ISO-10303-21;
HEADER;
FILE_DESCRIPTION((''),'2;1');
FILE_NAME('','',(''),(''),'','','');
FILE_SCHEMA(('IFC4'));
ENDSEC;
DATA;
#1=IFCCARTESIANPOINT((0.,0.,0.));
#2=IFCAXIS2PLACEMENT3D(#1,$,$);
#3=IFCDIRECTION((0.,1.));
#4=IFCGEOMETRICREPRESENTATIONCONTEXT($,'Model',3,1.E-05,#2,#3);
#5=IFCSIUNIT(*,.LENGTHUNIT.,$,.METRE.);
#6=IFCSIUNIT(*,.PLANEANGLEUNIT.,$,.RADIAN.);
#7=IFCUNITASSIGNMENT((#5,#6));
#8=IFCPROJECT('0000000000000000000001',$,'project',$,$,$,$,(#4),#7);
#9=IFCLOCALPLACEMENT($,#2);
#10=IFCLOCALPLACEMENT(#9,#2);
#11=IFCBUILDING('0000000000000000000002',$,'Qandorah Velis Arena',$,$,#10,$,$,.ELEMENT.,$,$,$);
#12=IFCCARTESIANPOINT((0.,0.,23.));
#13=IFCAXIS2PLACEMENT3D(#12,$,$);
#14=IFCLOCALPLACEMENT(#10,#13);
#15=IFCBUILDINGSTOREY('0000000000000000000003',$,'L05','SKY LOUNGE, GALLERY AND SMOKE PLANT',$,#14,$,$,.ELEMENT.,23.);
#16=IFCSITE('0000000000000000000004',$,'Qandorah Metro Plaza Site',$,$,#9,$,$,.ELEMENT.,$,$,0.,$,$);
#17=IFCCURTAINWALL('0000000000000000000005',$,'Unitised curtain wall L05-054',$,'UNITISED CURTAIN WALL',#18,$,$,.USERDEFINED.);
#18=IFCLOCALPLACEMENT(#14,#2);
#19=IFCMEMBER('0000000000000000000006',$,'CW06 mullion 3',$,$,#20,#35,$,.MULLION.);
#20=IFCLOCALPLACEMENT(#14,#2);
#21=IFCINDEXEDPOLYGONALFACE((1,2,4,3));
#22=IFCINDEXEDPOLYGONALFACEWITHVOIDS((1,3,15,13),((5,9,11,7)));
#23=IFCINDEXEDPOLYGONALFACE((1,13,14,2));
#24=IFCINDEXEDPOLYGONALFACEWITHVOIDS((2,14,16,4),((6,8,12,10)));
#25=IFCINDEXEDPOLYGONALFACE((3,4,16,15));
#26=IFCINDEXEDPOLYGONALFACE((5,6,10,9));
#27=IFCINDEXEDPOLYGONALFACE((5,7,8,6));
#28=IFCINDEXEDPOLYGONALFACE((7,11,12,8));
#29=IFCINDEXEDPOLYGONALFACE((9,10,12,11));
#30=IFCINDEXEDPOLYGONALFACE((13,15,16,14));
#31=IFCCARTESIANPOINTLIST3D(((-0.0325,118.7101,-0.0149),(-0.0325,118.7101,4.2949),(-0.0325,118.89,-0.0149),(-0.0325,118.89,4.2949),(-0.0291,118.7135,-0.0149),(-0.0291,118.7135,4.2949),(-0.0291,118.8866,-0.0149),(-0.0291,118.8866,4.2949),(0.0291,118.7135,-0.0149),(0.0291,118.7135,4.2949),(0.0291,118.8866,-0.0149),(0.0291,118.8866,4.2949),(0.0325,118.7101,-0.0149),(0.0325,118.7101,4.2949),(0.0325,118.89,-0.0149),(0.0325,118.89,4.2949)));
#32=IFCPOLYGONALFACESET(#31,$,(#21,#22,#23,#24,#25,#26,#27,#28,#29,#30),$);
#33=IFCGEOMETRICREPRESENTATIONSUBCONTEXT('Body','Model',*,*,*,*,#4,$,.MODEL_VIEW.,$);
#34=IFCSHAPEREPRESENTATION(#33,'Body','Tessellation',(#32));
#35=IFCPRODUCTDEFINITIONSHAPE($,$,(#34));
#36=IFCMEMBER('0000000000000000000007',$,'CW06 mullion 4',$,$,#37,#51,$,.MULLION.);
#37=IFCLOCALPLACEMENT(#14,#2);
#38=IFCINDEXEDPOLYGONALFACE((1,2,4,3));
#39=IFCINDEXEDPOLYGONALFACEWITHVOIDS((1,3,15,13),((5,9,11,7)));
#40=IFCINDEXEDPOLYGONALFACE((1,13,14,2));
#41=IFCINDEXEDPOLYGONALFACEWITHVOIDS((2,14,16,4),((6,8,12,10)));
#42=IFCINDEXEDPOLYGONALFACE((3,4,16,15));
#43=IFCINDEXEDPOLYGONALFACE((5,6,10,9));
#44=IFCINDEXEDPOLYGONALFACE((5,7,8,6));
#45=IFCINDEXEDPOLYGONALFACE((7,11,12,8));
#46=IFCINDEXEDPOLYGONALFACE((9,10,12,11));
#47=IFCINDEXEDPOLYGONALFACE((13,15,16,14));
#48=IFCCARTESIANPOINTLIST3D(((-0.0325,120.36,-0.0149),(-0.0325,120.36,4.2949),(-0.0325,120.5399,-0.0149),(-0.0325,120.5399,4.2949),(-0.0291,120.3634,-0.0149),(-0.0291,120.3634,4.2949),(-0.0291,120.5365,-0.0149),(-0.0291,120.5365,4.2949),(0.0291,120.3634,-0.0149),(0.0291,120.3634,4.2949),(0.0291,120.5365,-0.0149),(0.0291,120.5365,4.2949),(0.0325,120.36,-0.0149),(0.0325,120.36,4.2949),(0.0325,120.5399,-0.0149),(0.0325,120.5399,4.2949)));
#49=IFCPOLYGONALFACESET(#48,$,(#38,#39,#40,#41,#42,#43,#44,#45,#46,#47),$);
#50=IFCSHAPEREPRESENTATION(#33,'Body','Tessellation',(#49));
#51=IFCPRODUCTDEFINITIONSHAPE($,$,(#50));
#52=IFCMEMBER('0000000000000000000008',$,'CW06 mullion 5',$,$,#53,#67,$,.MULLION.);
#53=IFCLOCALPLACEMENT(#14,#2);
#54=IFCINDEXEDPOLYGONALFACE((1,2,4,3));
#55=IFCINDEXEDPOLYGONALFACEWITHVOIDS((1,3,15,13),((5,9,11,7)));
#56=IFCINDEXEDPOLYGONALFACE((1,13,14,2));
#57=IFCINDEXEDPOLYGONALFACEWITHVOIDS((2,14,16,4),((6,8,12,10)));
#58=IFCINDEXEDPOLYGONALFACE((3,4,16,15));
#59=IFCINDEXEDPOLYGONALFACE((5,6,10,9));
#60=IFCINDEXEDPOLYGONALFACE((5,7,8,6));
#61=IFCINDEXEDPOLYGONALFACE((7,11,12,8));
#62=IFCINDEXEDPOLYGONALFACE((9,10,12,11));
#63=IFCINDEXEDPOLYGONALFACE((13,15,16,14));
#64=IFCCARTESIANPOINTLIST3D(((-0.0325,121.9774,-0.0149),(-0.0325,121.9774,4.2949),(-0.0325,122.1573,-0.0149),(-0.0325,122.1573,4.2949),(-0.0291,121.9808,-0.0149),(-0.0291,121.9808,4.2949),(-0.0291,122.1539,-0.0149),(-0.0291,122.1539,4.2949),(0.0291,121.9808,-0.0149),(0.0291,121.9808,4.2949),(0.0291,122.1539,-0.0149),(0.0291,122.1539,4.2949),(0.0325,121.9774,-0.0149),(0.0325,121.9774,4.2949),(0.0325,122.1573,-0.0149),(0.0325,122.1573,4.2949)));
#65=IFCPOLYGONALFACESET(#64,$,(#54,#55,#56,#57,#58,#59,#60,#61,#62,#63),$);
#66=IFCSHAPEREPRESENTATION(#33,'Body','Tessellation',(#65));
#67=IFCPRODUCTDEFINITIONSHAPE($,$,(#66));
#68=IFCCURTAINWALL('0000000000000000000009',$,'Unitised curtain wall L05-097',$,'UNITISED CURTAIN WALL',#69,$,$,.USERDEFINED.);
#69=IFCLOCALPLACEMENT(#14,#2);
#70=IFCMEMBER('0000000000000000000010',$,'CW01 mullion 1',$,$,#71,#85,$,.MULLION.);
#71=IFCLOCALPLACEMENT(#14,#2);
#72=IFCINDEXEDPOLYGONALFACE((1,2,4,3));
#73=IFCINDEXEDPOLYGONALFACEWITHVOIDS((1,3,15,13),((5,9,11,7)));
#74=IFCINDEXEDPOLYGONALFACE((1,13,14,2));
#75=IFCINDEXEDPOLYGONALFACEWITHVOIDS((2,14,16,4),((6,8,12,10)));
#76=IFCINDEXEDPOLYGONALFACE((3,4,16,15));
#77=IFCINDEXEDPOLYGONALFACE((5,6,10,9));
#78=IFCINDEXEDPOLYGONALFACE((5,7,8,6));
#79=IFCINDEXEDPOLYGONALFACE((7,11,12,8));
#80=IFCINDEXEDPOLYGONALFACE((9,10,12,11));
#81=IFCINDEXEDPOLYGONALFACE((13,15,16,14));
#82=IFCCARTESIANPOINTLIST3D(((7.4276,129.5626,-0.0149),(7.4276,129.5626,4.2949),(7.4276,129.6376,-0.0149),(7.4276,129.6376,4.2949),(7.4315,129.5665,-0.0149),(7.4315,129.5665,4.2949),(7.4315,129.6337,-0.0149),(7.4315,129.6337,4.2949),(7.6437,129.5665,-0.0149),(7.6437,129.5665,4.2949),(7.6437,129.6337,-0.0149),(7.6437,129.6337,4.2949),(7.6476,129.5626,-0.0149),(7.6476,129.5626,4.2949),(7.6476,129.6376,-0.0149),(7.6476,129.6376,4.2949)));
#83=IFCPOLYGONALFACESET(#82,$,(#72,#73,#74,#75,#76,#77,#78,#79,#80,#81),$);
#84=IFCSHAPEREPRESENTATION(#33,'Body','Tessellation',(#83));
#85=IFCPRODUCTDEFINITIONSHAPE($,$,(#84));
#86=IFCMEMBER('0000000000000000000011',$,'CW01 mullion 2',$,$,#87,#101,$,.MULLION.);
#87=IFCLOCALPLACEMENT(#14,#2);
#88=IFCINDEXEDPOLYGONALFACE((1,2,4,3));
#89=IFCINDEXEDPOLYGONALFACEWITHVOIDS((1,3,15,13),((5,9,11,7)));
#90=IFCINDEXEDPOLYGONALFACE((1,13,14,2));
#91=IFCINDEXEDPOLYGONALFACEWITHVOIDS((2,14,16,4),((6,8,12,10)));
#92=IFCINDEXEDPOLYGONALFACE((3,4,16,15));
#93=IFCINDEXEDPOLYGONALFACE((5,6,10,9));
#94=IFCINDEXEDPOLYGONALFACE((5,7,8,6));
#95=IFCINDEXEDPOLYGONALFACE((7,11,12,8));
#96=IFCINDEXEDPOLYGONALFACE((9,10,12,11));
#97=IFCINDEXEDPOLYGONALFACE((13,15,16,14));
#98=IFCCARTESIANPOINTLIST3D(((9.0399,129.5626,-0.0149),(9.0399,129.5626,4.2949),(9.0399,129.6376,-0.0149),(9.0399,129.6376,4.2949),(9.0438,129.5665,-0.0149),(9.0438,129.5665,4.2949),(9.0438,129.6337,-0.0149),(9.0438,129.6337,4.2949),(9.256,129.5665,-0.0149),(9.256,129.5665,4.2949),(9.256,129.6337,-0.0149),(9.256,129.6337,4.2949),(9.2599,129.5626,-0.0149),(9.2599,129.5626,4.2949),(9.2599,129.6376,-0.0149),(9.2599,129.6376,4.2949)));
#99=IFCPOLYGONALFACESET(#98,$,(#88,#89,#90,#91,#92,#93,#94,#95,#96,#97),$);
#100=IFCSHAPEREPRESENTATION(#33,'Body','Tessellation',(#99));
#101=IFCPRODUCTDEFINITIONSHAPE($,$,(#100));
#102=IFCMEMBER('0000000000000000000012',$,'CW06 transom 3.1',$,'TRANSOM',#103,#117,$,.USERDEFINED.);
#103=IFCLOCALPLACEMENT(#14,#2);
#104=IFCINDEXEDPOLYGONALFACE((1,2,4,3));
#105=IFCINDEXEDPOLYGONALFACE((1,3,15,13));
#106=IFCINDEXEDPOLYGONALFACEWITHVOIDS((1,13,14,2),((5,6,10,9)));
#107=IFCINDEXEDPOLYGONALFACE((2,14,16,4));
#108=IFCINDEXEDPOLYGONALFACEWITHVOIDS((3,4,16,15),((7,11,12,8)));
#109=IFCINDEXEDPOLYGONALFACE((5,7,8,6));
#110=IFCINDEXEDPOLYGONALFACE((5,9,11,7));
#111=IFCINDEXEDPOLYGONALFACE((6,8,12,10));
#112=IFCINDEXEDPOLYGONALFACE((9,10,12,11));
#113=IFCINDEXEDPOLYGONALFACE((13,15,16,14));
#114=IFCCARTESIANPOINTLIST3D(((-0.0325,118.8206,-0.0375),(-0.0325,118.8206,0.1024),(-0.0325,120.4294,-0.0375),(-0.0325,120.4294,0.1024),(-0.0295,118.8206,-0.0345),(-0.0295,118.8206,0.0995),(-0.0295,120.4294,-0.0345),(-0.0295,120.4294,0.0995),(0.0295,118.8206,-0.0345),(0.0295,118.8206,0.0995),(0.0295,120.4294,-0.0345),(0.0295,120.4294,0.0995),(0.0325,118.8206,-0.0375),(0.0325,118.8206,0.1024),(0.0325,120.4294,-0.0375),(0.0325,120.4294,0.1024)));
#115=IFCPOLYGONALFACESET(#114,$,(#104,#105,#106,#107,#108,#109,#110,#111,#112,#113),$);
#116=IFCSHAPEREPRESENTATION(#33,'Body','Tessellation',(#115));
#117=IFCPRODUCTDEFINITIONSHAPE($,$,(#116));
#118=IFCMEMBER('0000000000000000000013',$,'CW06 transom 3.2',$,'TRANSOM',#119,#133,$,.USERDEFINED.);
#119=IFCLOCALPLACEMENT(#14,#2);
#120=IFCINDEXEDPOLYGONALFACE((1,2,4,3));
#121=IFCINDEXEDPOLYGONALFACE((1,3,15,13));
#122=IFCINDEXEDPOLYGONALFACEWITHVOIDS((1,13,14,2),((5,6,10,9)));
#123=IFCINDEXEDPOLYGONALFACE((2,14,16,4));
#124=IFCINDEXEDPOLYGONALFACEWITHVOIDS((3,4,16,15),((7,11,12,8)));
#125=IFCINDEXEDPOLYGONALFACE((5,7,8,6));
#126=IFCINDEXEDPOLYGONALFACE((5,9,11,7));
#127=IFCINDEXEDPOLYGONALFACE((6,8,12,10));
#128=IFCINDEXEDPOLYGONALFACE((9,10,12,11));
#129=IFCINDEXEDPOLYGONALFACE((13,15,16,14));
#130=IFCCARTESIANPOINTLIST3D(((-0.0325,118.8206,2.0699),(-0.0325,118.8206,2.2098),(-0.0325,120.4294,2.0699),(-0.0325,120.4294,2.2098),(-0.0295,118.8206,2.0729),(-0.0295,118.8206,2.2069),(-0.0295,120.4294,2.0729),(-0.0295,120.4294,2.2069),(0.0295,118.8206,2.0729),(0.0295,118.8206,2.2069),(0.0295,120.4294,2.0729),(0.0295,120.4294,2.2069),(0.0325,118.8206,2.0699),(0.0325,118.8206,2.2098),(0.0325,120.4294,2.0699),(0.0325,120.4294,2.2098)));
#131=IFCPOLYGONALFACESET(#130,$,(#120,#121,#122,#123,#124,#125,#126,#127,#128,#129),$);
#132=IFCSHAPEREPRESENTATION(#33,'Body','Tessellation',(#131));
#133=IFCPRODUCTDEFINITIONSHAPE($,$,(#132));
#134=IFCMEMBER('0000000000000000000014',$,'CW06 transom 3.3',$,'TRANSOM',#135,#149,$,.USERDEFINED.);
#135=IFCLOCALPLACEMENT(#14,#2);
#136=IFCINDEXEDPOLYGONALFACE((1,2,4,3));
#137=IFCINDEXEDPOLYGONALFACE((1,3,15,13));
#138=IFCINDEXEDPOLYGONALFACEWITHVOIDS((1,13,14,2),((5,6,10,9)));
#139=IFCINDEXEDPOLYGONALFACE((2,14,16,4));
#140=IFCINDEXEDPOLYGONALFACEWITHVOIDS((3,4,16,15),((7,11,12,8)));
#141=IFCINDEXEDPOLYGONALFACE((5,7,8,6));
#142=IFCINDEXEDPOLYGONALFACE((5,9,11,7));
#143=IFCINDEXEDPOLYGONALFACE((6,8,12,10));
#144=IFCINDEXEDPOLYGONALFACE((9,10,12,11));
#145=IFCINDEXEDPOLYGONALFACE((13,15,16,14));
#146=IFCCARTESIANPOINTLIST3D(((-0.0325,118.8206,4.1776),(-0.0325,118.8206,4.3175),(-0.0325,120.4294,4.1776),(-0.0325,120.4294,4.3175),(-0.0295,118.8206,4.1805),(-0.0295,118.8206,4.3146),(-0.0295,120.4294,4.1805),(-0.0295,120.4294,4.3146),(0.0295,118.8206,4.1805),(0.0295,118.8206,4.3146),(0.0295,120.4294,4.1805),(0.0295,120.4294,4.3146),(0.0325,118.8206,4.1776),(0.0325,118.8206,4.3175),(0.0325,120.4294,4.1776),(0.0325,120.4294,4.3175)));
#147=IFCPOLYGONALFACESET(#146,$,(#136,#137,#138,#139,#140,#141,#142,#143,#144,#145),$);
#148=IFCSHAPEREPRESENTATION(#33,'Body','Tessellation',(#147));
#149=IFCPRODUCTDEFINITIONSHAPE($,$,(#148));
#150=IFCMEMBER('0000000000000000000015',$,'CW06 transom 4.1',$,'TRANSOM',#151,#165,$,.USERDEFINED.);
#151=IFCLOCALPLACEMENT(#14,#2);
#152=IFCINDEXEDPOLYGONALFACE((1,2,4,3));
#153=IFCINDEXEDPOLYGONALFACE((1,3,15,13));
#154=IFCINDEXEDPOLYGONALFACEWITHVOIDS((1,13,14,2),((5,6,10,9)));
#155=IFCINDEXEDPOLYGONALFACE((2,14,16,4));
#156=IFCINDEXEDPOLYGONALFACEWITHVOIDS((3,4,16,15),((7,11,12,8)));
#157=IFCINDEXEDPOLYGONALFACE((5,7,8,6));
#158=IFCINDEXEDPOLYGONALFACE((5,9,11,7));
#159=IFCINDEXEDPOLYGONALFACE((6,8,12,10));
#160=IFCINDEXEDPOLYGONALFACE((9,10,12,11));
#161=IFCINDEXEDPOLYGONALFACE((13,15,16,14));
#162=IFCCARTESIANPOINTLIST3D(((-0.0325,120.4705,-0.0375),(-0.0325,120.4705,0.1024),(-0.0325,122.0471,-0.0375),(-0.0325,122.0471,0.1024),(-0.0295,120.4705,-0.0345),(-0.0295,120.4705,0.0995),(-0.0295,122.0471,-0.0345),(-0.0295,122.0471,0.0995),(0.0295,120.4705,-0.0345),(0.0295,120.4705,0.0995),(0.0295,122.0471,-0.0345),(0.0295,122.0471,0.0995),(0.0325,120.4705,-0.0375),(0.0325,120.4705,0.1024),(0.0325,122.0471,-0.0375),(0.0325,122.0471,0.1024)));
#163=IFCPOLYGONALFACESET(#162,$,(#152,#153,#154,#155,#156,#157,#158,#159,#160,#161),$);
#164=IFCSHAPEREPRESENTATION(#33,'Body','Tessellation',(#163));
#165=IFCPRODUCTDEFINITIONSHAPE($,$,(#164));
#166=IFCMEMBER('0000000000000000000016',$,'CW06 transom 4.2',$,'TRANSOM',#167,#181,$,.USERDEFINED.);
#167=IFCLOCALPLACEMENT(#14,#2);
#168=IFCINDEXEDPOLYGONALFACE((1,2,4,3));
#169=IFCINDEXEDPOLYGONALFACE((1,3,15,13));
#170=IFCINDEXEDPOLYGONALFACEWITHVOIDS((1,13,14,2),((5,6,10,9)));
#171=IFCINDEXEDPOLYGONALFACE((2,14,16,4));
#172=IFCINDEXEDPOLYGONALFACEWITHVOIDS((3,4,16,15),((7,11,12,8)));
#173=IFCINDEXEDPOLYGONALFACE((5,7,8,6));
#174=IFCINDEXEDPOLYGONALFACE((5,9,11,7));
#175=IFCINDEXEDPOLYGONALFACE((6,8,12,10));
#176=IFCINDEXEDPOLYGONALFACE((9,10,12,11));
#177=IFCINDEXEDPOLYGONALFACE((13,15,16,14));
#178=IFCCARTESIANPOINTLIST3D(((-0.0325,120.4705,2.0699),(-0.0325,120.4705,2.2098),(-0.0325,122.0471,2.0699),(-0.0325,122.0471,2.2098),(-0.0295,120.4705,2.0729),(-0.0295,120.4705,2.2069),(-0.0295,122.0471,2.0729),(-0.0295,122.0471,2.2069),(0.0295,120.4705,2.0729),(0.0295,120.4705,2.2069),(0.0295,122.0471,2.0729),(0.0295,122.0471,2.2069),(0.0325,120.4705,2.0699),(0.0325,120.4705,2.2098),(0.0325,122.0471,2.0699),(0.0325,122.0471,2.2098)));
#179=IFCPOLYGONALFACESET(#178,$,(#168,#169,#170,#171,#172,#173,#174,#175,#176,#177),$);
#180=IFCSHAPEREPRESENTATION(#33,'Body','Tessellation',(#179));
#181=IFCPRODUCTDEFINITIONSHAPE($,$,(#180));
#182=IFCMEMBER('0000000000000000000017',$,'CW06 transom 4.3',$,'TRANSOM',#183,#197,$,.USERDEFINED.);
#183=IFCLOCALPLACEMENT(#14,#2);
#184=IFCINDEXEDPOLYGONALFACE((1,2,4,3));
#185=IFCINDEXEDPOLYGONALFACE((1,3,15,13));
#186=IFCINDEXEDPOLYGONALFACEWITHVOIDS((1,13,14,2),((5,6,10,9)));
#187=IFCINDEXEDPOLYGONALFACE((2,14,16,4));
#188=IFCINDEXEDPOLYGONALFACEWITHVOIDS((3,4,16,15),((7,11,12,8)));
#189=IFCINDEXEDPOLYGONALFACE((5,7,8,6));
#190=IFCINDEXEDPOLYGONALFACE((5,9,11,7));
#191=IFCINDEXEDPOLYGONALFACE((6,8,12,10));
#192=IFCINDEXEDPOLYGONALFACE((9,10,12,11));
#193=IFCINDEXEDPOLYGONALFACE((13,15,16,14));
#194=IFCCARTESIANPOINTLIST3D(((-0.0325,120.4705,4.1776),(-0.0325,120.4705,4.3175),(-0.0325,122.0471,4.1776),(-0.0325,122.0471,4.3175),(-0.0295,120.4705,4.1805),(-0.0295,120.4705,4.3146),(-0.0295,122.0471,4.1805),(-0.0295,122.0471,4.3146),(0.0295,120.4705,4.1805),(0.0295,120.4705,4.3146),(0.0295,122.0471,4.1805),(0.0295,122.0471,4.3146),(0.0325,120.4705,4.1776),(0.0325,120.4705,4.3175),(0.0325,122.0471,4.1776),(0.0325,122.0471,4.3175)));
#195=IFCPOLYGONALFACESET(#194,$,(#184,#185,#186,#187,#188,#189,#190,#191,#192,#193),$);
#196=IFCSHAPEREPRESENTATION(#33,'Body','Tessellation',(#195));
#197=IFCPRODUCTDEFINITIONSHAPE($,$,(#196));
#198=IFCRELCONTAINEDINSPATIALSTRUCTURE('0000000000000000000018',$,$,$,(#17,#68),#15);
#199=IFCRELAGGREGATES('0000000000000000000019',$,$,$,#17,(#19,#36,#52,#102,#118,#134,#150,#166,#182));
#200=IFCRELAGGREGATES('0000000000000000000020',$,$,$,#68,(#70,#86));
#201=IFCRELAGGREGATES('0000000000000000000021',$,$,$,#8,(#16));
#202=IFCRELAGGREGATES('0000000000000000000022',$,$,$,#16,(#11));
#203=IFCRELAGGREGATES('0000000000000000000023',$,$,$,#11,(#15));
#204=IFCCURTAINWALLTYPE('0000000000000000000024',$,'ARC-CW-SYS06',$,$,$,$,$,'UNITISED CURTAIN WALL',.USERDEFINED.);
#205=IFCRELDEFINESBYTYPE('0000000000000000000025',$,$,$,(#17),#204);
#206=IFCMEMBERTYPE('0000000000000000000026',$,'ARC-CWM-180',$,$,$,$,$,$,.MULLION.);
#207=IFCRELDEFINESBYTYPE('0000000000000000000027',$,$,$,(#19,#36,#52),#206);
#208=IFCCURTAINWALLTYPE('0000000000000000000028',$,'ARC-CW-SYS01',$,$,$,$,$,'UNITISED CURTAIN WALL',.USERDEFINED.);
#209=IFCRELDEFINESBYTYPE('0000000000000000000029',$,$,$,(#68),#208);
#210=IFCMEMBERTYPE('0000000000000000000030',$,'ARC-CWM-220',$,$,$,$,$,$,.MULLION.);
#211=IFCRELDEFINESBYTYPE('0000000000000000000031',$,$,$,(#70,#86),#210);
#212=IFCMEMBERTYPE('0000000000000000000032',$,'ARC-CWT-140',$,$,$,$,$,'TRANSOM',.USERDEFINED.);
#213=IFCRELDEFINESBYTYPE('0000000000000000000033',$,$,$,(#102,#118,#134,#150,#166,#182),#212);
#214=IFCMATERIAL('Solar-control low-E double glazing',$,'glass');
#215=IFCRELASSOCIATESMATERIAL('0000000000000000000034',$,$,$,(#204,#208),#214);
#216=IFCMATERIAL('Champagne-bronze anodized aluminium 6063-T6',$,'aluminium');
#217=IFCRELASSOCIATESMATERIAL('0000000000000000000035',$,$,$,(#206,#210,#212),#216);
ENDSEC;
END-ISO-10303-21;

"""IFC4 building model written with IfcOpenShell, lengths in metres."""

from ifc_helpers import new_model, si_unit, direction, frame, origin, origin_2d, place, context, subcontext, project, spatial, hollow_rectangle, extrude, material, material_profile, profile_set, type_object, element, aggregate, save


model = new_model("IFC4")

# Units and contexts
model_context = context("Model", 3, precision=1e-05, world=origin(), true_north=direction((0.0, 1.0)))
body_context = subcontext(model_context, "Body", "Model", "MODEL_VIEW")
ifc_project = project(units=[si_unit("LENGTHUNIT", "METRE"), si_unit("PLANEANGLEUNIT", "RADIAN")], contexts=[model_context])

# Site, building, storey
site_placement = place(None, origin())
site = spatial("IfcSite", under=ifc_project, at=site_placement, Name="Qandorah Metro Plaza Site", CompositionType="ELEMENT", RefElevation=0.0)
building_placement = place(site_placement, origin())
building = spatial("IfcBuilding", under=site, at=building_placement, Name="Qandorah Velis Arena", CompositionType="ELEMENT")
storey_placement = place(building_placement, frame((0.0, 0.0, 23.0)))
storey = spatial("IfcBuildingStorey", under=building, at=storey_placement, Name="L05", Description="SKY LOUNGE, GALLERY AND SMOKE PLANT", CompositionType="ELEMENT", Elevation=23.0)

# Curtain walls, members
ifc_material_1 = material(Name="Solar-control low-E double glazing", Category="glass")
curtain_wall_type_1 = type_object("IfcCurtainWallType", Name="ARC-CW-SYS06", ElementType="UNITISED CURTAIN WALL", PredefinedType="USERDEFINED", material=ifc_material_1)
curtain_wall_1_placement = place(storey_placement, origin())
curtain_wall_1 = element("IfcCurtainWall", 1, at=curtain_wall_1_placement, inside=storey, type_object=curtain_wall_type_1, Name="Unitised curtain wall L05-054", ObjectType="UNITISED CURTAIN WALL", PredefinedType="USERDEFINED")
ifc_material_2 = material(Name="Champagne-bronze anodized aluminium 6063-T6", Category="aluminium")
ifc_material_profile_1 = material_profile(ifc_material_2, hollow_rectangle(XDim=0.0649, YDim=0.1799, WallThickness=0.0034, at=origin_2d()), Name="ALU MULLION 65x180")
ifc_profile_set_1 = profile_set([ifc_material_profile_1], Name="Champagne-bronze anodized aluminium 6063-T6")
member_type_1 = type_object("IfcMemberType", Name="ARC-CWM-180", PredefinedType="MULLION", material=ifc_profile_set_1)
member_1_placement = place(storey_placement, frame((0.0, 118.8, -0.0149), z_axis=(0.0, 0.0, 1.0), x_axis=(-1.0, 0.0, 0.0)))
member_1 = element("IfcMember", 2, at=member_1_placement, type_object=member_type_1, Name="CW06 mullion 3", PredefinedType="MULLION", context=body_context, shape_type="SweptSolid", body=[
    extrude(hollow_rectangle(XDim=0.0649, YDim=0.1799, WallThickness=0.0034, at=origin_2d()), origin(), (0.0, 0.0, 1.0), 4.3098),
])
member_2_placement = place(storey_placement, frame((0.0, 120.45, -0.0149), z_axis=(0.0, 0.0, 1.0), x_axis=(-1.0, 0.0, 0.0)))
member_2 = element("IfcMember", 3, at=member_2_placement, type_object=member_type_1, Name="CW06 mullion 4", PredefinedType="MULLION", context=body_context, shape_type="SweptSolid", body=[
    extrude(hollow_rectangle(XDim=0.0649, YDim=0.1799, WallThickness=0.0034, at=origin_2d()), origin(), (0.0, 0.0, 1.0), 4.3098),
])
member_3_placement = place(storey_placement, frame((0.0, 122.0674, -0.0149), z_axis=(0.0, 0.0, 1.0), x_axis=(-1.0, 0.0, 0.0)))
member_3 = element("IfcMember", 4, at=member_3_placement, type_object=member_type_1, Name="CW06 mullion 5", PredefinedType="MULLION", context=body_context, shape_type="SweptSolid", body=[
    extrude(hollow_rectangle(XDim=0.0649, YDim=0.1799, WallThickness=0.0034, at=origin_2d()), origin(), (0.0, 0.0, 1.0), 4.3098),
])
curtain_wall_type_2 = type_object("IfcCurtainWallType", Name="ARC-CW-SYS01", ElementType="UNITISED CURTAIN WALL", PredefinedType="USERDEFINED", material=ifc_material_1)
curtain_wall_2_placement = place(storey_placement, origin())
curtain_wall_2 = element("IfcCurtainWall", 5, at=curtain_wall_2_placement, inside=storey, type_object=curtain_wall_type_2, Name="Unitised curtain wall L05-097", ObjectType="UNITISED CURTAIN WALL", PredefinedType="USERDEFINED")
ifc_material_profile_2 = material_profile(ifc_material_2, hollow_rectangle(XDim=0.075, YDim=0.22, WallThickness=0.0039, at=origin_2d()), Name="ALU MULLION 75x220")
ifc_profile_set_2 = profile_set([ifc_material_profile_2], Name="Champagne-bronze anodized aluminium 6063-T6")
member_type_2 = type_object("IfcMemberType", Name="ARC-CWM-220", PredefinedType="MULLION", material=ifc_profile_set_2)
member_4_placement = place(storey_placement, frame((7.5376, 129.6001, -0.0149), z_axis=(0.0, 0.0, 1.0), x_axis=(0.0, 1.0, 0.0)))
member_4 = element("IfcMember", 6, at=member_4_placement, type_object=member_type_2, Name="CW01 mullion 1", PredefinedType="MULLION", context=body_context, shape_type="SweptSolid", body=[
    extrude(hollow_rectangle(XDim=0.075, YDim=0.22, WallThickness=0.0039, at=origin_2d()), origin(), (0.0, 0.0, 1.0), 4.3098),
])
member_5_placement = place(storey_placement, frame((9.1499, 129.6001, -0.0149), z_axis=(0.0, 0.0, 1.0), x_axis=(0.0, 1.0, 0.0)))
member_5 = element("IfcMember", 7, at=member_5_placement, type_object=member_type_2, Name="CW01 mullion 2", PredefinedType="MULLION", context=body_context, shape_type="SweptSolid", body=[
    extrude(hollow_rectangle(XDim=0.075, YDim=0.22, WallThickness=0.0039, at=origin_2d()), origin(), (0.0, 0.0, 1.0), 4.3098),
])

# Members
ifc_material_profile_3 = material_profile(ifc_material_2, hollow_rectangle(XDim=0.0649, YDim=0.1399, WallThickness=0.0029, at=origin_2d()), Name="ALU TRANSOM 65x140")
ifc_profile_set_3 = profile_set([ifc_material_profile_3], Name="Champagne-bronze anodized aluminium 6063-T6")
member_type_3 = type_object("IfcMemberType", Name="ARC-CWT-140", ElementType="TRANSOM", PredefinedType="USERDEFINED", material=ifc_profile_set_3)
member_6_placement = place(storey_placement, frame((0.0, 118.8206, 0.0325), z_axis=(0.0, 1.0, 0.0), x_axis=(-1.0, 0.0, 0.0)))
member_6 = element("IfcMember", 8, at=member_6_placement, type_object=member_type_3, Name="CW06 transom 3.1", ObjectType="TRANSOM", PredefinedType="USERDEFINED", context=body_context, shape_type="SweptSolid", body=[
    extrude(hollow_rectangle(XDim=0.0649, YDim=0.1399, WallThickness=0.0029, at=origin_2d()), origin(), (0.0, 0.0, 1.0), 1.6089),
])
member_7_placement = place(storey_placement, frame((0.0, 118.8206, 2.1399), z_axis=(0.0, 1.0, 0.0), x_axis=(-1.0, 0.0, 0.0)))
member_7 = element("IfcMember", 9, at=member_7_placement, type_object=member_type_3, Name="CW06 transom 3.2", ObjectType="TRANSOM", PredefinedType="USERDEFINED", context=body_context, shape_type="SweptSolid", body=[
    extrude(hollow_rectangle(XDim=0.0649, YDim=0.1399, WallThickness=0.0029, at=origin_2d()), origin(), (0.0, 0.0, 1.0), 1.6089),
])
member_8_placement = place(storey_placement, frame((0.0, 118.8206, 4.2476), z_axis=(0.0, 1.0, 0.0), x_axis=(-1.0, 0.0, 0.0)))
member_8 = element("IfcMember", 10, at=member_8_placement, type_object=member_type_3, Name="CW06 transom 3.3", ObjectType="TRANSOM", PredefinedType="USERDEFINED", context=body_context, shape_type="SweptSolid", body=[
    extrude(hollow_rectangle(XDim=0.0649, YDim=0.1399, WallThickness=0.0029, at=origin_2d()), origin(), (0.0, 0.0, 1.0), 1.6089),
])
member_9_placement = place(storey_placement, frame((0.0, 120.4705, 0.0325), z_axis=(0.0, 1.0, 0.0), x_axis=(-1.0, 0.0, 0.0)))
member_9 = element("IfcMember", 11, at=member_9_placement, type_object=member_type_3, Name="CW06 transom 4.1", ObjectType="TRANSOM", PredefinedType="USERDEFINED", context=body_context, shape_type="SweptSolid", body=[
    extrude(hollow_rectangle(XDim=0.0649, YDim=0.1399, WallThickness=0.0029, at=origin_2d()), origin(), (0.0, 0.0, 1.0), 1.5767),
])
member_10_placement = place(storey_placement, frame((0.0, 120.4705, 2.1399), z_axis=(0.0, 1.0, 0.0), x_axis=(-1.0, 0.0, 0.0)))
member_10 = element("IfcMember", 12, at=member_10_placement, type_object=member_type_3, Name="CW06 transom 4.2", ObjectType="TRANSOM", PredefinedType="USERDEFINED", context=body_context, shape_type="SweptSolid", body=[
    extrude(hollow_rectangle(XDim=0.0649, YDim=0.1399, WallThickness=0.0029, at=origin_2d()), origin(), (0.0, 0.0, 1.0), 1.5767),
])
member_11_placement = place(storey_placement, frame((0.0, 120.4705, 4.2476), z_axis=(0.0, 1.0, 0.0), x_axis=(-1.0, 0.0, 0.0)))
member_11 = element("IfcMember", 13, at=member_11_placement, type_object=member_type_3, Name="CW06 transom 4.3", ObjectType="TRANSOM", PredefinedType="USERDEFINED", context=body_context, shape_type="SweptSolid", body=[
    extrude(hollow_rectangle(XDim=0.0649, YDim=0.1399, WallThickness=0.0029, at=origin_2d()), origin(), (0.0, 0.0, 1.0), 1.5767),
])

aggregate(curtain_wall_1, [member_1, member_2, member_3, member_6, member_7, member_8, member_9, member_10, member_11])
aggregate(curtain_wall_2, [member_4, member_5])

save(model, "model.ifc")
